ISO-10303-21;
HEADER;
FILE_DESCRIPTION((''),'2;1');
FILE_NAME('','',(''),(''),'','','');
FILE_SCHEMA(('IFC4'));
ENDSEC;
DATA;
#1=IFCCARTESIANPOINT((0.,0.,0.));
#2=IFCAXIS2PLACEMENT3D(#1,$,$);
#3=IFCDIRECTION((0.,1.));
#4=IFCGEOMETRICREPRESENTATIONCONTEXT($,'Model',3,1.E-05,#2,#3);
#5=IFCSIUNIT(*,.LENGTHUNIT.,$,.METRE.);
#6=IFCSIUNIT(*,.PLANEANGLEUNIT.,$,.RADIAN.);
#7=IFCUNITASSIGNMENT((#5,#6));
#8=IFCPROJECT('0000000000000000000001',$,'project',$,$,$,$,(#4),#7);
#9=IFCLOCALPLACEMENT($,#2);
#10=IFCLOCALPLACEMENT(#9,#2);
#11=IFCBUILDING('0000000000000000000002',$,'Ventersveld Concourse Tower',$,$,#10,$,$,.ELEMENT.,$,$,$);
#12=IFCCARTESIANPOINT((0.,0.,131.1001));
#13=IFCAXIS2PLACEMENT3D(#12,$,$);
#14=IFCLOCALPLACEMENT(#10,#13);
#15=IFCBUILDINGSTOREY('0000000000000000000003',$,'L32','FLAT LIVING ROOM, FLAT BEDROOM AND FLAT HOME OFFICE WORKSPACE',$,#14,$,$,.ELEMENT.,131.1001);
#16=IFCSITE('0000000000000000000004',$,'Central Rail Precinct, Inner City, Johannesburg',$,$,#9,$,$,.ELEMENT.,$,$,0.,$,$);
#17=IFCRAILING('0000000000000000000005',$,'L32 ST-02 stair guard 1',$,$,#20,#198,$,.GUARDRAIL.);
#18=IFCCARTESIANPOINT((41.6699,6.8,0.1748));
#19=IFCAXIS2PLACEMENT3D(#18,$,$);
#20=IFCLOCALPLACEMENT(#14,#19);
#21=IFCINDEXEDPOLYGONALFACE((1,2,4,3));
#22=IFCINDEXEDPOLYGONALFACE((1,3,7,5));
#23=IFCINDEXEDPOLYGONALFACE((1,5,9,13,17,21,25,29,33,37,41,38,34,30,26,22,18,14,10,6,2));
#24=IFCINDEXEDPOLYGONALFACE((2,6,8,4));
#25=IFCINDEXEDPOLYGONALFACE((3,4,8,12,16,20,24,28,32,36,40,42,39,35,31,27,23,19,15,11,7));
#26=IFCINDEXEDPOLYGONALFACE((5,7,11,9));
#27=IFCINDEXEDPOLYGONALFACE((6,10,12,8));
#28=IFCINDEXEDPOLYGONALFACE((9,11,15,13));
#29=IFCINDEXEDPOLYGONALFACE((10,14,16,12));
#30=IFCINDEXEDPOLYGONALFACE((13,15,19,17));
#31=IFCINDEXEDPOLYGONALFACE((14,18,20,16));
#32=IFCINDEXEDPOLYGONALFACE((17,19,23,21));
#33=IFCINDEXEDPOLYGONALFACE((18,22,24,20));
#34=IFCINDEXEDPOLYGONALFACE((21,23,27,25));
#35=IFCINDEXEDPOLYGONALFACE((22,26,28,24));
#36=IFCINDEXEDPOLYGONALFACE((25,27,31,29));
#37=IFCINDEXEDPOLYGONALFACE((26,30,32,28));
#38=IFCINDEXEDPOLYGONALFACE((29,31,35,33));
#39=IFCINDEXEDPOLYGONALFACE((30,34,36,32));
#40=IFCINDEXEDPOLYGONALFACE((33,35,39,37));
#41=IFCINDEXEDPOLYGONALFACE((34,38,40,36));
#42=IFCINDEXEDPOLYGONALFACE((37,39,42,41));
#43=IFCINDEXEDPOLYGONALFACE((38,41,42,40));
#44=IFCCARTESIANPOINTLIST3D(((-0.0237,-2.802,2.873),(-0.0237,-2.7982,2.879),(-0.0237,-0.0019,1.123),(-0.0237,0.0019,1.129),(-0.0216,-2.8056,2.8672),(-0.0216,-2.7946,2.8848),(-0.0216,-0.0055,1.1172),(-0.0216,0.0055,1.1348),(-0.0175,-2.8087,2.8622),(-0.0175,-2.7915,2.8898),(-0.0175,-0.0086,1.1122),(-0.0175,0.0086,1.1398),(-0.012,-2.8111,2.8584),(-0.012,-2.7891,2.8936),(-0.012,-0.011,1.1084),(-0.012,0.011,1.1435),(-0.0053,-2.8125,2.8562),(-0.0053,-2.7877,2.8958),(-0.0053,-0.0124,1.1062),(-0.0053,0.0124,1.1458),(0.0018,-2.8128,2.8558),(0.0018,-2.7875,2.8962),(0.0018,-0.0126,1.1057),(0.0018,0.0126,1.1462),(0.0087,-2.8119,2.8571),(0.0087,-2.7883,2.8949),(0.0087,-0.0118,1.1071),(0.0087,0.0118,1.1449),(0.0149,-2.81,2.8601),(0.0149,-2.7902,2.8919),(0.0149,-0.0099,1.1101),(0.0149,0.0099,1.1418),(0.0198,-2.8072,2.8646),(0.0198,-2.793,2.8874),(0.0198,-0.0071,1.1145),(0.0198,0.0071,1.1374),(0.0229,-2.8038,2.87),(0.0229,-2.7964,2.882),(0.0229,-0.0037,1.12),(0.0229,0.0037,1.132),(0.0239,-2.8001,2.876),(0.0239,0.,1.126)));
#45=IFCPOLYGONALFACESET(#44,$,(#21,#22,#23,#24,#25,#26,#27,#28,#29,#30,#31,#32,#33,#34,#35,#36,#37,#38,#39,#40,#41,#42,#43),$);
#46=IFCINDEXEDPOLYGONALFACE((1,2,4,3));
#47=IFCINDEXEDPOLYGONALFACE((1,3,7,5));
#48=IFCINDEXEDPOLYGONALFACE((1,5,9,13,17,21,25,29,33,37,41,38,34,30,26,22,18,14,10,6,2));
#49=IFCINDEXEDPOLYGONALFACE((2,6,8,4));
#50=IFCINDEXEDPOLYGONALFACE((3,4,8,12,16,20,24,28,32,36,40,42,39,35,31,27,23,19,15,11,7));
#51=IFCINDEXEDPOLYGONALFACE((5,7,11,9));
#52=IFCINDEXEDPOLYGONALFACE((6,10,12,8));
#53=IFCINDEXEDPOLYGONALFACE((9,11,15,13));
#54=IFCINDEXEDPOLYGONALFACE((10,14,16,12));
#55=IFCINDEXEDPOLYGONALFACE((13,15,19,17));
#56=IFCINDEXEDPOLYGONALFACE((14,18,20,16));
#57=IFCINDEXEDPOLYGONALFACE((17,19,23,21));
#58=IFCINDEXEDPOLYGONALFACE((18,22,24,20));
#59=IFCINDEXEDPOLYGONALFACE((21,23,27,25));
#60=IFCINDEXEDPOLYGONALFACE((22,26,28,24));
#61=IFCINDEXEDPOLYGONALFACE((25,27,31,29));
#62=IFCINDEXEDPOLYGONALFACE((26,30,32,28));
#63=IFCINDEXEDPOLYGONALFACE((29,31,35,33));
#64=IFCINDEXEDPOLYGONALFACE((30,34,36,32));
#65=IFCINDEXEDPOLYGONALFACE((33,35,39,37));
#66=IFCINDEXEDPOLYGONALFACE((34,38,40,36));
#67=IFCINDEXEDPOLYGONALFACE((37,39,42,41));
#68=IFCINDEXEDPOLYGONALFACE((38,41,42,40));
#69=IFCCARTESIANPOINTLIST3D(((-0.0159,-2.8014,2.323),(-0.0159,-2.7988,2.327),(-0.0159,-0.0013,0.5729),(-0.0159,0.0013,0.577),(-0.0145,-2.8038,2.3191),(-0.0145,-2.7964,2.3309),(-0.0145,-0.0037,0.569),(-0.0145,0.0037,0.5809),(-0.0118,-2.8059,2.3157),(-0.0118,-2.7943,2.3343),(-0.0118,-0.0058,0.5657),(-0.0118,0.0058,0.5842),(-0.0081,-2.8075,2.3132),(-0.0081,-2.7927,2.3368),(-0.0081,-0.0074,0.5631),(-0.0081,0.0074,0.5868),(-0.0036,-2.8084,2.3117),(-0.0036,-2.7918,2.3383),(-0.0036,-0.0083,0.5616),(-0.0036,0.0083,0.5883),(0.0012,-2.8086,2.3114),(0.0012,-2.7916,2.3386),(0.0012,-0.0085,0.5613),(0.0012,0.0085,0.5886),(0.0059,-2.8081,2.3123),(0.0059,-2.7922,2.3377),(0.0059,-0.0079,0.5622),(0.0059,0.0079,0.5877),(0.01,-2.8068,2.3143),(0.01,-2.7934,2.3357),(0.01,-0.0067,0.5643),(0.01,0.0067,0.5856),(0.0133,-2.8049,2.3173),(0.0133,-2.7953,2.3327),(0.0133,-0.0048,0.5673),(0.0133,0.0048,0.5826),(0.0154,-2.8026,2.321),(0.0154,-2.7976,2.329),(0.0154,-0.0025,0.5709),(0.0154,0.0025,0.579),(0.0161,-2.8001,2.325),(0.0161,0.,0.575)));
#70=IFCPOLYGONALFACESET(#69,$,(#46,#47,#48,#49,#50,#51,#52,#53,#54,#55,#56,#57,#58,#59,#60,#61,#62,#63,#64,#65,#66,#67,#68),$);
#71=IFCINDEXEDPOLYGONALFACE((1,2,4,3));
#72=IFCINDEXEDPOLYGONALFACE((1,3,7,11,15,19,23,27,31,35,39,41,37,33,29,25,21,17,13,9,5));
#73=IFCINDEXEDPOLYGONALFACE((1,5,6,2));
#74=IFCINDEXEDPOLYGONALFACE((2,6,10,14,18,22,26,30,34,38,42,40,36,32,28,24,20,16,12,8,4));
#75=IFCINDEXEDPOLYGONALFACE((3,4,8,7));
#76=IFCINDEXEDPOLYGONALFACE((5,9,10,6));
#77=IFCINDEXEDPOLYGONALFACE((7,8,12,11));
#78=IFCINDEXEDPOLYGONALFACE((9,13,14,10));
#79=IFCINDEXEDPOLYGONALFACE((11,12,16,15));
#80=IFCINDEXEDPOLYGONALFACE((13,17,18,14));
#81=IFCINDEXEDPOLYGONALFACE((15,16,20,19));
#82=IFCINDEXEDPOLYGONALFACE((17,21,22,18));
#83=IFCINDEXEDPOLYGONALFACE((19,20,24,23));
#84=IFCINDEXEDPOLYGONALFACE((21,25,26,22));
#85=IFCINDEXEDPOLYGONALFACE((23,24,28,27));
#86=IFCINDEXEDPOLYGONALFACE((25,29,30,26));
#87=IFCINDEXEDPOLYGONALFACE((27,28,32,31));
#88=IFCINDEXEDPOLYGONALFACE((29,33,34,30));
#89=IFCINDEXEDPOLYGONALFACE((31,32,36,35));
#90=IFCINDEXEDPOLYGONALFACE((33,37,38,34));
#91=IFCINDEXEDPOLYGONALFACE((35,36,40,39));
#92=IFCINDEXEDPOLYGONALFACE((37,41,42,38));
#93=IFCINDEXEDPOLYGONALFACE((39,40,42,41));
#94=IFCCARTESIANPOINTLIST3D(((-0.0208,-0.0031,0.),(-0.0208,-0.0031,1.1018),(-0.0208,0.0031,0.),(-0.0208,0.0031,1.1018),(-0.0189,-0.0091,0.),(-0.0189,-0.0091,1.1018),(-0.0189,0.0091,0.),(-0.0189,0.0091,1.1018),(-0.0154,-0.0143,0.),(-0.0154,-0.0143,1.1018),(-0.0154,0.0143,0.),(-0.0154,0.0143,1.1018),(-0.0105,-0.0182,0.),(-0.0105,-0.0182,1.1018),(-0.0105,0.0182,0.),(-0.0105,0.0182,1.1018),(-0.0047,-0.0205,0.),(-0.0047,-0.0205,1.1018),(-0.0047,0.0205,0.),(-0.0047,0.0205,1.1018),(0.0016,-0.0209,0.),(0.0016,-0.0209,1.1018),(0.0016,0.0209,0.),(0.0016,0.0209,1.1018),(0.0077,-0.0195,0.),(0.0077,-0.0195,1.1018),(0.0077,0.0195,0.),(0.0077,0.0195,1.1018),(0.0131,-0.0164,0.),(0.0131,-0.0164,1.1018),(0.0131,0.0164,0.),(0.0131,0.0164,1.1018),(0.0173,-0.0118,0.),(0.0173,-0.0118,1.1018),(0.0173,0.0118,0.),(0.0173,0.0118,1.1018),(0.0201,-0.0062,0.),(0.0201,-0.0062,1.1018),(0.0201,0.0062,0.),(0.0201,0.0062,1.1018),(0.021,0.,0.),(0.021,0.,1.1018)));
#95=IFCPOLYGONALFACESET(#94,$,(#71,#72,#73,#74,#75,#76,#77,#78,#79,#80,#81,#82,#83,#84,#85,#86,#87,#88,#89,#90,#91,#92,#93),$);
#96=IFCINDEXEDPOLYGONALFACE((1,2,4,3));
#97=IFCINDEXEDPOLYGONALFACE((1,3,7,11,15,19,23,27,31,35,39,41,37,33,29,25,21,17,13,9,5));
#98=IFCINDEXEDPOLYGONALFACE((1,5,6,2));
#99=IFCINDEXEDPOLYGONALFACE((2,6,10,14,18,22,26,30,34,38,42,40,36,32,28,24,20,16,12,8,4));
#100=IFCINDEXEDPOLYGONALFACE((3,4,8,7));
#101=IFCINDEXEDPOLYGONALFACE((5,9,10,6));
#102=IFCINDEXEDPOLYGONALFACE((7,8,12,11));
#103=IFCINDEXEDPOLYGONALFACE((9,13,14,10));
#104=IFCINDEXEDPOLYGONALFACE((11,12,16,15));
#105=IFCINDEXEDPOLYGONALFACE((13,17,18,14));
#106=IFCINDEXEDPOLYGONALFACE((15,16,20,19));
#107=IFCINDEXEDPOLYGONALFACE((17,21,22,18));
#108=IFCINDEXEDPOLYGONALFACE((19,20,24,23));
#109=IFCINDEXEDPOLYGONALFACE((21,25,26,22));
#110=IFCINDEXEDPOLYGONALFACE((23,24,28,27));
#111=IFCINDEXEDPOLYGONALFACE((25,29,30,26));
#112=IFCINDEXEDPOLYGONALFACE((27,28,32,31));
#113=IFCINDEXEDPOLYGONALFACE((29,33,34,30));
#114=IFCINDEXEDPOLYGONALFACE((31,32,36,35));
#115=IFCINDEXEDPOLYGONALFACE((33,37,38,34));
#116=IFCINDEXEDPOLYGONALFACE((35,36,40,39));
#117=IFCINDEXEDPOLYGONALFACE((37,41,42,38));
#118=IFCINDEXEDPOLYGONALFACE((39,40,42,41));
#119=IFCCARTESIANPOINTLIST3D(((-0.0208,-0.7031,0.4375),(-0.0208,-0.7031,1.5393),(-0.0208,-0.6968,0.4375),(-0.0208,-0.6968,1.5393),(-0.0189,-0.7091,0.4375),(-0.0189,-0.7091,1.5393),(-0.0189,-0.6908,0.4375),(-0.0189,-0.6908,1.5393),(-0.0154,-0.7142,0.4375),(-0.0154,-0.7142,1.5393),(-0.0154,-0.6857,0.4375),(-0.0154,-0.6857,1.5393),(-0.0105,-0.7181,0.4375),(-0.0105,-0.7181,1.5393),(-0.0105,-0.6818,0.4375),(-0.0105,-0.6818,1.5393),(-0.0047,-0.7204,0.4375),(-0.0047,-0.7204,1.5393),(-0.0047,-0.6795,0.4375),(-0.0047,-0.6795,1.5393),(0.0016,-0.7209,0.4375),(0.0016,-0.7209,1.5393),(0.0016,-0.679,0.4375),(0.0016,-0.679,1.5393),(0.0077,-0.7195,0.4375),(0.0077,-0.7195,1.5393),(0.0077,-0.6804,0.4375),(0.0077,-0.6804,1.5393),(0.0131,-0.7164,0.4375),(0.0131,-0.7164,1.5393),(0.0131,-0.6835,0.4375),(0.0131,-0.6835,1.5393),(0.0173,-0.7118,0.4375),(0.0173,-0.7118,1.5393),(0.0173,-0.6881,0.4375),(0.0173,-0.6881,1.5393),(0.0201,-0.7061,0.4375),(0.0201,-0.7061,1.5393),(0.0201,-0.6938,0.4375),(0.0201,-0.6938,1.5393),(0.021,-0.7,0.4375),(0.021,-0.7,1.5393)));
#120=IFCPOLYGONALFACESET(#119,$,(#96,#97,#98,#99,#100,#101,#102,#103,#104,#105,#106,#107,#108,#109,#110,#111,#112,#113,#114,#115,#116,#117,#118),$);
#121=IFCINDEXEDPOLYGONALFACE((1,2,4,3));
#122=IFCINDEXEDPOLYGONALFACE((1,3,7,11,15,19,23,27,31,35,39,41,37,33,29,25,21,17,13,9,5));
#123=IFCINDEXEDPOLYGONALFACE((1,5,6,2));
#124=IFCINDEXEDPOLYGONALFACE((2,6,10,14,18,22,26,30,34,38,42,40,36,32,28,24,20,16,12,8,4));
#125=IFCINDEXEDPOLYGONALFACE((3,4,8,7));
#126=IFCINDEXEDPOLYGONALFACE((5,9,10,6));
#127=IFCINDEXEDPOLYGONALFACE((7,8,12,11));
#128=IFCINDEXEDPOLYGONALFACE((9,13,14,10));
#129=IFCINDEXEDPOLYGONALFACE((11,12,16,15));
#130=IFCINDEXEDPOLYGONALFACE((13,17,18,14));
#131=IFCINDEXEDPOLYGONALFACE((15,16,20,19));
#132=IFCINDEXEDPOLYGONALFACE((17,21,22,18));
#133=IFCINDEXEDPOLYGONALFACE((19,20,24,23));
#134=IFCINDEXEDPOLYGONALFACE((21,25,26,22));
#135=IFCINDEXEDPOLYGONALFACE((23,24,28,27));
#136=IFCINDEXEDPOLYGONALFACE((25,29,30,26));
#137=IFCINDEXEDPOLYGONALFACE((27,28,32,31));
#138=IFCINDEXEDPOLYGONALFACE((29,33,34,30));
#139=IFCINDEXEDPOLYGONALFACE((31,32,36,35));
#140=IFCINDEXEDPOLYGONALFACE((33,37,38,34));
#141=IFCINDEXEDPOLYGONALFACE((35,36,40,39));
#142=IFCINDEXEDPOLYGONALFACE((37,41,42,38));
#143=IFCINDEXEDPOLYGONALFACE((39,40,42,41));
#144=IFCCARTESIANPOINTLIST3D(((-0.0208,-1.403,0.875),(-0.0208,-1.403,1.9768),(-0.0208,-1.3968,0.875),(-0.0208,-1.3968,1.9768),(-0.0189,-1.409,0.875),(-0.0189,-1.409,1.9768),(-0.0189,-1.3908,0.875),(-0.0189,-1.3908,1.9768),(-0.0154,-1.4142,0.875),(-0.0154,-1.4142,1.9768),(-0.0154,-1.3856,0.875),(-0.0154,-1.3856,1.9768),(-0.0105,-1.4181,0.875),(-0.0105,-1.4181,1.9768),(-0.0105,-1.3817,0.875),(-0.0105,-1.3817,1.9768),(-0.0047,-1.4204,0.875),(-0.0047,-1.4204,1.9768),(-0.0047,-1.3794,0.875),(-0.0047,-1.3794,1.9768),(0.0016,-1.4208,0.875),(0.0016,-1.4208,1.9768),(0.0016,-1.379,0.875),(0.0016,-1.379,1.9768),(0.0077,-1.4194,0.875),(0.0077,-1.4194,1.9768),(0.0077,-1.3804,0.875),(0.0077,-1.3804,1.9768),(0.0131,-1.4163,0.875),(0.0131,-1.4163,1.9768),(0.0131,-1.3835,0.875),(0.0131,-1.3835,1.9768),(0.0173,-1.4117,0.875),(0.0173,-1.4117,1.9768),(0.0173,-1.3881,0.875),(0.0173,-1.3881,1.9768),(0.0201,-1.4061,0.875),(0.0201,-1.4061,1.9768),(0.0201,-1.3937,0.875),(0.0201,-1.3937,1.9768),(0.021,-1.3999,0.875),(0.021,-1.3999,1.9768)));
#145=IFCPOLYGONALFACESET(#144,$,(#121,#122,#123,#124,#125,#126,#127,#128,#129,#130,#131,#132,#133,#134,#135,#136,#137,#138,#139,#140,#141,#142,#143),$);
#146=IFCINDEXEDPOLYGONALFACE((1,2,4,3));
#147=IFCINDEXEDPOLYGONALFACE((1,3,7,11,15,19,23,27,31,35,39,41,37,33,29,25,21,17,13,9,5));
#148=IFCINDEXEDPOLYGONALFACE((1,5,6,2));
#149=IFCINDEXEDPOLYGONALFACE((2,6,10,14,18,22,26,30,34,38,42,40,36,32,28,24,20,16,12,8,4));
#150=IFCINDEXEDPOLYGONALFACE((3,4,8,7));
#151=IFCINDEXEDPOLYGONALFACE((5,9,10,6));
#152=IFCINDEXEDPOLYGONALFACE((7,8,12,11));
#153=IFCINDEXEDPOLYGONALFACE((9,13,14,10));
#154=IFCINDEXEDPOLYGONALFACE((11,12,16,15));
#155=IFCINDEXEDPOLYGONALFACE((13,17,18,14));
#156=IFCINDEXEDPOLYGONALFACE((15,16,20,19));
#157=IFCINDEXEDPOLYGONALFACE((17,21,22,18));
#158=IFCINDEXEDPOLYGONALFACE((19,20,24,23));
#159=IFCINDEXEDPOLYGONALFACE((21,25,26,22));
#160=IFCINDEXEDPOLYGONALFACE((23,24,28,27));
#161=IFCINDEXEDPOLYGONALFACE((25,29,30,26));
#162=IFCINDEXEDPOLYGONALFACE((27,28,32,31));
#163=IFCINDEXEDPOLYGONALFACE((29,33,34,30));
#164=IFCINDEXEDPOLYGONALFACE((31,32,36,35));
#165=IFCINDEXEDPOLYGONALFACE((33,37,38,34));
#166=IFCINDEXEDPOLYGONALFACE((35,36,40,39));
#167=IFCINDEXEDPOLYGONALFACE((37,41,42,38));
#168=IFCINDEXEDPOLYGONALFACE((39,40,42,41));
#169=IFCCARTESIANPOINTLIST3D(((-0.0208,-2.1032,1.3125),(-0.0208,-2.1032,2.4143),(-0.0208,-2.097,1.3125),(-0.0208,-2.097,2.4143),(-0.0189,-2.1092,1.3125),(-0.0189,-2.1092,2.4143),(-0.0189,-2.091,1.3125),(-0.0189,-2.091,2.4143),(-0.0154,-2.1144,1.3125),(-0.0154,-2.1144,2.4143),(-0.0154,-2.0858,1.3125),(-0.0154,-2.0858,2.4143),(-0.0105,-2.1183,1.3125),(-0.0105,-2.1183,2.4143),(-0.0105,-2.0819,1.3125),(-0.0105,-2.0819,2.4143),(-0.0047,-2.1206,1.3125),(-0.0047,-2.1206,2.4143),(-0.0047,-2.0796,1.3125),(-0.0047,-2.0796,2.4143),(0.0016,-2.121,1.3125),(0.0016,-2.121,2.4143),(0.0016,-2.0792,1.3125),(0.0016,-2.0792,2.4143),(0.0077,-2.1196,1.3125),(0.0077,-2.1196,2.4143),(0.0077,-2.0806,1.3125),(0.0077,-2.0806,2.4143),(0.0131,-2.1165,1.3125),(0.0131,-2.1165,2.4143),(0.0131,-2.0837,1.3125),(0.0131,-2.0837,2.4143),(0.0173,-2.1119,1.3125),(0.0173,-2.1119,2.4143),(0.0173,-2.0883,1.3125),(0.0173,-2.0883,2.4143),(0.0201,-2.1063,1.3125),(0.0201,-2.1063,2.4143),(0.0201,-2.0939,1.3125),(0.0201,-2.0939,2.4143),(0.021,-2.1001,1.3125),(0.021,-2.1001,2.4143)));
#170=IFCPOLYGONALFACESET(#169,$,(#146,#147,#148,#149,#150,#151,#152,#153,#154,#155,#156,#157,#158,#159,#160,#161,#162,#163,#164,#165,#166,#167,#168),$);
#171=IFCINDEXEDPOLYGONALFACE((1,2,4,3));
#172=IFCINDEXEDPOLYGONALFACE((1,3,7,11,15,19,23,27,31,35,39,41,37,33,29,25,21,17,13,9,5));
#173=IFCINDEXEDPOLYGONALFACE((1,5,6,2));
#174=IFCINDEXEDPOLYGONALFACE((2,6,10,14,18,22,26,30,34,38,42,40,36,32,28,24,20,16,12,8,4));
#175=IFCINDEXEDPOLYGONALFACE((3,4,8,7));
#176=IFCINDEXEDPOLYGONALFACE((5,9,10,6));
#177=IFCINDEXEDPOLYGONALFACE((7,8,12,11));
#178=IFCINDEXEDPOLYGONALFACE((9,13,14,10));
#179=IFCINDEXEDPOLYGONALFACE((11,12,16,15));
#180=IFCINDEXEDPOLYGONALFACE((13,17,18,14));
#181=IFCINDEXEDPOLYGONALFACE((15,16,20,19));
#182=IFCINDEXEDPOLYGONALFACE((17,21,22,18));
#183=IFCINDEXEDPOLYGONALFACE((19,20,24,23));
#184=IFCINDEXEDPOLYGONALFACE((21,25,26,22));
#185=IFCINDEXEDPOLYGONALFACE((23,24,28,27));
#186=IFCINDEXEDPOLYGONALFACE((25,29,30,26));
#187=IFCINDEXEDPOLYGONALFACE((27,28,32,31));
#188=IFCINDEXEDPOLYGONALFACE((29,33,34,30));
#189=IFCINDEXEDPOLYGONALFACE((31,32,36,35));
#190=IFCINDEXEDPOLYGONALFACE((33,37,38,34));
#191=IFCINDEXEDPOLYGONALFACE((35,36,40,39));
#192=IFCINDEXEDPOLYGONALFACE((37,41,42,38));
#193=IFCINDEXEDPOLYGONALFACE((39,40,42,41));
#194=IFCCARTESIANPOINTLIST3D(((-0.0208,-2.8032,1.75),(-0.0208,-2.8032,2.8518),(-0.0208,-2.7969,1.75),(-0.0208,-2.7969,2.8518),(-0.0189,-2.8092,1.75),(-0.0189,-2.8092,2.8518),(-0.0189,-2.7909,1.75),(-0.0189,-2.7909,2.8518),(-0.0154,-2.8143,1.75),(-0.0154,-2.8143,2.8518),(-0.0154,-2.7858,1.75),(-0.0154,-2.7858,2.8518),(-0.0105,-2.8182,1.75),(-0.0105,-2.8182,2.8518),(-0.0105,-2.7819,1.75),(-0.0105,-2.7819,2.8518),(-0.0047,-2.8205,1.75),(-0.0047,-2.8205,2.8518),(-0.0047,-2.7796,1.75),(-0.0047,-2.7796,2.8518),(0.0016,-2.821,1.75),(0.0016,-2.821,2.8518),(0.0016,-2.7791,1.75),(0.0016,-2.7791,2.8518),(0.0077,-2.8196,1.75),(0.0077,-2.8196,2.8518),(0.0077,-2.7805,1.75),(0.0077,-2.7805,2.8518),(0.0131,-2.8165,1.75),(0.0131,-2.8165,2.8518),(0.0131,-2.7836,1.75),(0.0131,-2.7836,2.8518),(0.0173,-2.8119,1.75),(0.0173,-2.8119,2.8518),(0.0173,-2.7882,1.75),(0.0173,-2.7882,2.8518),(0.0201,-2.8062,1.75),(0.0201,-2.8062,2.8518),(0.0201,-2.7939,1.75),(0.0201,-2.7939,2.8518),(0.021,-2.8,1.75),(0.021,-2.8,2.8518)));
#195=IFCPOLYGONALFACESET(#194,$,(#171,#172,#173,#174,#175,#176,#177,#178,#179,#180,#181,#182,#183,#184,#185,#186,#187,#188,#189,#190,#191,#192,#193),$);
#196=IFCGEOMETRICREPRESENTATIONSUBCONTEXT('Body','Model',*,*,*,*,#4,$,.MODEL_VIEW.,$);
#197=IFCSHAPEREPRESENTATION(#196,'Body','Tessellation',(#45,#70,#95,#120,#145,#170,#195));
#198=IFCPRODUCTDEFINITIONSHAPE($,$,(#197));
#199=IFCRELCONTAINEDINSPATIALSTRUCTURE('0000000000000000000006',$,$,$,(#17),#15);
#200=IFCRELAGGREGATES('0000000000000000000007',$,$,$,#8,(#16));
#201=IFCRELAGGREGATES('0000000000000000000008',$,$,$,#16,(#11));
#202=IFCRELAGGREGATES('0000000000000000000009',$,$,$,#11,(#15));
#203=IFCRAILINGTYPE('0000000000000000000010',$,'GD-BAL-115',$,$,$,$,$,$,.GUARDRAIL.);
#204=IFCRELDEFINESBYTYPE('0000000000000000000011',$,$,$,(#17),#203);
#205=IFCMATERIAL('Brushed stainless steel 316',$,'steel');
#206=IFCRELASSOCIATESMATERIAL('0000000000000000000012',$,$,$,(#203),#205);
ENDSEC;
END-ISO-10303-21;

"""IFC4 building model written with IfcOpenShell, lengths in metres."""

from ifc_helpers import new_model, si_unit, direction, frame, origin, origin_2d, place, context, subcontext, project, spatial, circle, extrude, material, type_object, element, save


model = new_model("IFC4")

# Units and contexts
model_context = context("Model", 3, precision=1e-05, world=origin(), true_north=direction((0.0, 1.0)))
body_context = subcontext(model_context, "Body", "Model", "MODEL_VIEW")
ifc_project = project(units=[si_unit("LENGTHUNIT", "METRE"), si_unit("PLANEANGLEUNIT", "RADIAN")], contexts=[model_context])

# Site, building, storey
site_placement = place(None, origin())
site = spatial("IfcSite", under=ifc_project, at=site_placement, Name="Central Rail Precinct, Inner City, Johannesburg", CompositionType="ELEMENT", RefElevation=0.0)
building_placement = place(site_placement, origin())
building = spatial("IfcBuilding", under=site, at=building_placement, Name="Ventersveld Concourse Tower", CompositionType="ELEMENT")
storey_placement = place(building_placement, frame((0.0, 0.0, 131.1001)))
storey = spatial("IfcBuildingStorey", under=building, at=storey_placement, Name="L32", Description="FLAT LIVING ROOM, FLAT BEDROOM AND FLAT HOME OFFICE WORKSPACE", CompositionType="ELEMENT", Elevation=131.1001)

# Shared definitions
ifc_material_1 = material(Name="Brushed stainless steel 316", Category="steel")

# Railing
railing_type_1 = type_object("IfcRailingType", Name="GD-BAL-115", PredefinedType="GUARDRAIL", material=ifc_material_1)
railing_1_placement = place(storey_placement, frame((41.6699, 6.8, 0.1748)))
element("IfcRailing", 1, at=railing_1_placement, inside=storey, type_object=railing_type_1, Name="L32 ST-02 stair guard 1", PredefinedType="GUARDRAIL", context=body_context, shape_type="SweptSolid", body=[
    extrude(circle(Radius=0.0239, at=origin_2d()), frame((0.0, 0.0, 1.126), z_axis=(0.0, -0.848002, 0.529992), x_axis=(1.0, 0.0, 0.0)), (0.0, 0.0, 1.0), 3.302),
    extrude(circle(Radius=0.0161, at=origin_2d()), frame((0.0, 0.0, 0.575), z_axis=(0.0, -0.848002, 0.529992), x_axis=(1.0, 0.0, 0.0)), (0.0, 0.0, 1.0), 3.302),
    extrude(circle(Radius=0.021, at=origin_2d()), origin(), (0.0, 0.0, 1.0), 1.1018),
    extrude(circle(Radius=0.021, at=origin_2d()), frame((0.0, -0.7, 0.4375)), (0.0, 0.0, 1.0), 1.1018),
    extrude(circle(Radius=0.021, at=origin_2d()), frame((0.0, -1.3999, 0.875)), (0.0, 0.0, 1.0), 1.1018),
    extrude(circle(Radius=0.021, at=origin_2d()), frame((0.0, -2.1001, 1.3125)), (0.0, 0.0, 1.0), 1.1018),
    extrude(circle(Radius=0.021, at=origin_2d()), frame((0.0, -2.8, 1.75)), (0.0, 0.0, 1.0), 1.1018),
])

save(model, "model.ifc")
